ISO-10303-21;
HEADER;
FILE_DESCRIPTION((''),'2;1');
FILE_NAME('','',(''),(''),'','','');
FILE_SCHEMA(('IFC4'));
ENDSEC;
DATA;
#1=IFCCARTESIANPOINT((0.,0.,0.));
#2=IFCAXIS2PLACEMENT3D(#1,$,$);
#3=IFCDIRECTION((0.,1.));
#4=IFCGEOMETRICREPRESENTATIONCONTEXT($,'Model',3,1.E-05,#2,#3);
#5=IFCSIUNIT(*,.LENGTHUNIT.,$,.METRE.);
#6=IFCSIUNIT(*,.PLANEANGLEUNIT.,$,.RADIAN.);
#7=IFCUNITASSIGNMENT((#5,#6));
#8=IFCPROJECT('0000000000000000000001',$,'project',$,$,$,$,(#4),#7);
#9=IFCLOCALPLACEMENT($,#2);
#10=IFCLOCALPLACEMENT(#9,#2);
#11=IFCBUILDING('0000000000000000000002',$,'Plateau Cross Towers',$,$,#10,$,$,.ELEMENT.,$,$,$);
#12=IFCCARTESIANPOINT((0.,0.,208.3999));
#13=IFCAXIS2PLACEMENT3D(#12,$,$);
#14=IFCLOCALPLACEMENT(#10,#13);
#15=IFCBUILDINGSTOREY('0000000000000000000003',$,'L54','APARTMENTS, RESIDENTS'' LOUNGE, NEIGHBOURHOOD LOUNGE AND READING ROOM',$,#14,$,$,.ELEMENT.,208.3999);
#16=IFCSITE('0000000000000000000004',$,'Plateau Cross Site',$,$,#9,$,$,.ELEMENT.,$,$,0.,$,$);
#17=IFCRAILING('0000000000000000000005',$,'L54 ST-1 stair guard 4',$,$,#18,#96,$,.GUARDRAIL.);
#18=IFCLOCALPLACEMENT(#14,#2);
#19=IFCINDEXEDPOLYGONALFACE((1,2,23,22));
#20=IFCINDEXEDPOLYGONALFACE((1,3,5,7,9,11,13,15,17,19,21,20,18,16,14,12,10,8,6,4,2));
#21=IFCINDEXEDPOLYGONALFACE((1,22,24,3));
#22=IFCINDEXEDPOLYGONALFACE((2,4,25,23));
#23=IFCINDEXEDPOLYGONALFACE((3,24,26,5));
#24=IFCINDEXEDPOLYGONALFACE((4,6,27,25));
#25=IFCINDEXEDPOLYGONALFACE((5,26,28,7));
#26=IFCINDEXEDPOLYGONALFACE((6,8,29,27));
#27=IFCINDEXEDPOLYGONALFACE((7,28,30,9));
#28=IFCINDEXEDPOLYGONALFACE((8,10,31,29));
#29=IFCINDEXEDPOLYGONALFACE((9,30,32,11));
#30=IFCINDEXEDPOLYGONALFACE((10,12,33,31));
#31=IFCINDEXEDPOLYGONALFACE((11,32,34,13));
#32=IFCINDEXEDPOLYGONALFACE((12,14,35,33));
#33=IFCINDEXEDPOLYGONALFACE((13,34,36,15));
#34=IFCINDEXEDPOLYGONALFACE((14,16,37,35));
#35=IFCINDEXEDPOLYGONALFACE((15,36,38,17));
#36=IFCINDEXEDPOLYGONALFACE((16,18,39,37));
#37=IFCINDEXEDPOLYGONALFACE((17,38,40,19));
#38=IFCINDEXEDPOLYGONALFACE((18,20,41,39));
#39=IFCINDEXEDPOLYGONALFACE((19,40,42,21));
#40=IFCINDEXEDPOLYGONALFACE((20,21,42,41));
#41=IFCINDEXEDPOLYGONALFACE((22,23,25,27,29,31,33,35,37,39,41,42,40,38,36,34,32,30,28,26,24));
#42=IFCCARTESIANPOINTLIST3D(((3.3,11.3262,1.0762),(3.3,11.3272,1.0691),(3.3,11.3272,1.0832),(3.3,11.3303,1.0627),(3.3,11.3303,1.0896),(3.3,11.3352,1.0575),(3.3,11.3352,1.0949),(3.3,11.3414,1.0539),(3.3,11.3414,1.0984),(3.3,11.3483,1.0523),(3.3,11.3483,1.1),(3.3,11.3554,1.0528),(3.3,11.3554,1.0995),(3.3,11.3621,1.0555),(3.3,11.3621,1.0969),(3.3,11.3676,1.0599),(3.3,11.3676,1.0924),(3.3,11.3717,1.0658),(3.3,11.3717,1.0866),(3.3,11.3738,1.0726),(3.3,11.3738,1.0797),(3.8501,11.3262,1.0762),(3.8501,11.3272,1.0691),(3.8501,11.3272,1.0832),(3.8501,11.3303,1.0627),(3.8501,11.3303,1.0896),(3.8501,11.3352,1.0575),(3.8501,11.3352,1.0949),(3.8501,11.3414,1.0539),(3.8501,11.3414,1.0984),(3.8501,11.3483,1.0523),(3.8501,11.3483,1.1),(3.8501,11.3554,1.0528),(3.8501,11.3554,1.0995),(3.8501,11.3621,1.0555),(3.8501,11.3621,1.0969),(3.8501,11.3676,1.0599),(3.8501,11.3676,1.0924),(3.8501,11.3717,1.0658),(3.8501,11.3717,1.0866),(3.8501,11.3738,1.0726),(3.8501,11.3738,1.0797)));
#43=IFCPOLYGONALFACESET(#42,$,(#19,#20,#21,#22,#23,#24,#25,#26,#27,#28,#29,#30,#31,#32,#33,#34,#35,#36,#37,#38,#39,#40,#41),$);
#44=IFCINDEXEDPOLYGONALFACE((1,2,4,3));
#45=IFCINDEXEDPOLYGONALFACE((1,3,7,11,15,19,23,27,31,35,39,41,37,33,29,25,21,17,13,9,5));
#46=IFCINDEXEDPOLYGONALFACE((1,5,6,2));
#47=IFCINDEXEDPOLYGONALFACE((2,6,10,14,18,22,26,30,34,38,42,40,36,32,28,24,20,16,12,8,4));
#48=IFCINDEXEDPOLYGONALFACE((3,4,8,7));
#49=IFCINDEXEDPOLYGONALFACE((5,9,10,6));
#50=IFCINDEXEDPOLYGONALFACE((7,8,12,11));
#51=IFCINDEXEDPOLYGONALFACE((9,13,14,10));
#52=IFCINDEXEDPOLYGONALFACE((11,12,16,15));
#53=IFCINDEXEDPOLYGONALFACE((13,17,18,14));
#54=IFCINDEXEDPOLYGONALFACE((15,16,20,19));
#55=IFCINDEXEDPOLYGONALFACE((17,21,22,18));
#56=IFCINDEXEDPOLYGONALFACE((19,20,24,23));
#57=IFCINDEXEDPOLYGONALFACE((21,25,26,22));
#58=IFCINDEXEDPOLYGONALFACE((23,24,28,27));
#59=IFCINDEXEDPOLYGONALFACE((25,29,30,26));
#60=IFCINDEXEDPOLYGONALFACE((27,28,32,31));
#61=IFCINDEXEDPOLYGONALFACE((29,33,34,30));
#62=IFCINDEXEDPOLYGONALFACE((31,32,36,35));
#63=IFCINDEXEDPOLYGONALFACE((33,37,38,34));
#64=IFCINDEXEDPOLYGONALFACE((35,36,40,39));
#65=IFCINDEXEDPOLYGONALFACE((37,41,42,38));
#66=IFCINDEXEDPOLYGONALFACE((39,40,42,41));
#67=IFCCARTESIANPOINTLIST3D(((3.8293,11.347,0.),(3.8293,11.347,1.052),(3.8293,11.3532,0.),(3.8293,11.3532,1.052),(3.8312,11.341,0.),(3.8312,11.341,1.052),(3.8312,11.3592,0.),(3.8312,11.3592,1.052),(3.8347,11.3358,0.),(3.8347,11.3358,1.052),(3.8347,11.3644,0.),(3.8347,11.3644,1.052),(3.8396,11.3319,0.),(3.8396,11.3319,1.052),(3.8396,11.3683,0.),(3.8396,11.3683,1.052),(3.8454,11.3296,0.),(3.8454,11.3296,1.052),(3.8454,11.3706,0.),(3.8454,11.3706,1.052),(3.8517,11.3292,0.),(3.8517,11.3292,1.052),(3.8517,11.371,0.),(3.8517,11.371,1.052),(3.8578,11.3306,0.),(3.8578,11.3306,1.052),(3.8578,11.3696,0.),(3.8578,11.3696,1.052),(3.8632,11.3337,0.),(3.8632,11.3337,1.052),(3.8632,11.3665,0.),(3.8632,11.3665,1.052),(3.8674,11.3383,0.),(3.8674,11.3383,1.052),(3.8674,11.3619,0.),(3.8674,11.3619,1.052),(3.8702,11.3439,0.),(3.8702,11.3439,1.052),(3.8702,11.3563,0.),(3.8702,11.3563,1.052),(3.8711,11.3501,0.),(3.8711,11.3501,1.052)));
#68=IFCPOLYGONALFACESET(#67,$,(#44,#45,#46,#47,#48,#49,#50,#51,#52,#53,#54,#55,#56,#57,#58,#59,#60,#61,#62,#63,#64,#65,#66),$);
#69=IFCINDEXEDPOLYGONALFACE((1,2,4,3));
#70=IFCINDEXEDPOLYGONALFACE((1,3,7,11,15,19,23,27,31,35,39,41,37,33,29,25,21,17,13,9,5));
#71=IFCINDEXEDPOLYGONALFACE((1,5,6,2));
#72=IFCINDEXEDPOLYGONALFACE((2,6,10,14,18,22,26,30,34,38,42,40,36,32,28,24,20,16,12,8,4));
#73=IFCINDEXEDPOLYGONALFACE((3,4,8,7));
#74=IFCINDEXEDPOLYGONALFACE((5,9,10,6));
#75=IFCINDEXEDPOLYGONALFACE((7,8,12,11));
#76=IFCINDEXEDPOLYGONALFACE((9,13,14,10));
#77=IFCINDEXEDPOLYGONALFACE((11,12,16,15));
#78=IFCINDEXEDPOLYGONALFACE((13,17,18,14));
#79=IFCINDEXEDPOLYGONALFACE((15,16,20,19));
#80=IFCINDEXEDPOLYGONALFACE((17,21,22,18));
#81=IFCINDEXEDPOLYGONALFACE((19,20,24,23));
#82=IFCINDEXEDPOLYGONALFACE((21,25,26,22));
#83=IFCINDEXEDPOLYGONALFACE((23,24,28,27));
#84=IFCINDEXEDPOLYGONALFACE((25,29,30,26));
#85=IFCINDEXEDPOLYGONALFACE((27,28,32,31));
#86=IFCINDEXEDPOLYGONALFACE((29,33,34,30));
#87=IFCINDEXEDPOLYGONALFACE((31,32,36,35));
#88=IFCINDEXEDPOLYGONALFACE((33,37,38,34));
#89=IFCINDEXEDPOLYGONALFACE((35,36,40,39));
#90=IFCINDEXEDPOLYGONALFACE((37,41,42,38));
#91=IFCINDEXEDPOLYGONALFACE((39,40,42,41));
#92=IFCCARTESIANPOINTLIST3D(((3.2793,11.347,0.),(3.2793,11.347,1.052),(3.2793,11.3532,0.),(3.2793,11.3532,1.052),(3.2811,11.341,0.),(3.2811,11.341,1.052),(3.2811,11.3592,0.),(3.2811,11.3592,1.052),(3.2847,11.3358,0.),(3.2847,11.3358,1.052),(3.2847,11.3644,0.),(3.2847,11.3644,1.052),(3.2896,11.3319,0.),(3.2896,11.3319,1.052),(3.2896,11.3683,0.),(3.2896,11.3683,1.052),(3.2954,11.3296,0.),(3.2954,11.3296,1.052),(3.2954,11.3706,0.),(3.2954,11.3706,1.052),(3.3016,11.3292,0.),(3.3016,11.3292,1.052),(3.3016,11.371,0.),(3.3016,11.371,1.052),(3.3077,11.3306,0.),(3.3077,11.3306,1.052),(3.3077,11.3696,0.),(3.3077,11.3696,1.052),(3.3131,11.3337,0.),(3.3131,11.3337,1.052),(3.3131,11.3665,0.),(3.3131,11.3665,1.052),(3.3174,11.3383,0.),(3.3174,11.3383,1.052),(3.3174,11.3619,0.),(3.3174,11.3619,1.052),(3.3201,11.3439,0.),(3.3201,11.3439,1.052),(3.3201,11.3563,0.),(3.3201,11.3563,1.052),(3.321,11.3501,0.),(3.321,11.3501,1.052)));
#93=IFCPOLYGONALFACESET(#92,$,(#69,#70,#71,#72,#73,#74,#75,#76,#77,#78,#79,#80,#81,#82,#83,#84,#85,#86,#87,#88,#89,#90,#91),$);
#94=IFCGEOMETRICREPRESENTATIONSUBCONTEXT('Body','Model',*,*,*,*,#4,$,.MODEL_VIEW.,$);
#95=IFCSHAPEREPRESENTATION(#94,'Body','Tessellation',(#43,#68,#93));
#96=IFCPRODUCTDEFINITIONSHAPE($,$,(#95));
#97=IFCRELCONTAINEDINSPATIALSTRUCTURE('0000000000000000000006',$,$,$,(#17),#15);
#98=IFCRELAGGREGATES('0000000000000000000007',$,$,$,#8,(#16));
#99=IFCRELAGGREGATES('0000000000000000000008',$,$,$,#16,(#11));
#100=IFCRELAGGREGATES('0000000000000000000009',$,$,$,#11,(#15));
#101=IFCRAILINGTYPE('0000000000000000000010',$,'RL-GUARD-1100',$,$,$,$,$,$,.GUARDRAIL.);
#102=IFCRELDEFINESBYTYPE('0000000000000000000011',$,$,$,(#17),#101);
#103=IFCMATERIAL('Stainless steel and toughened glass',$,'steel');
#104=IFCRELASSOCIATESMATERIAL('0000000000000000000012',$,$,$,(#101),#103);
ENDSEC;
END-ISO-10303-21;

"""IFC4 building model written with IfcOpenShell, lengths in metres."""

from ifc_helpers import new_model, si_unit, direction, frame, origin, origin_2d, place, context, subcontext, project, spatial, circle, extrude, material, type_object, element, save


model = new_model("IFC4")

# Units and contexts
model_context = context("Model", 3, precision=1e-05, world=origin(), true_north=direction((0.0, 1.0)))
body_context = subcontext(model_context, "Body", "Model", "MODEL_VIEW")
ifc_project = project(units=[si_unit("LENGTHUNIT", "METRE"), si_unit("PLANEANGLEUNIT", "RADIAN")], contexts=[model_context])

# Site, building, storey
site_placement = place(None, origin())
site = spatial("IfcSite", under=ifc_project, at=site_placement, Name="Plateau Cross Site", CompositionType="ELEMENT", RefElevation=0.0)
building_placement = place(site_placement, origin())
building = spatial("IfcBuilding", under=site, at=building_placement, Name="Plateau Cross Towers", CompositionType="ELEMENT")
storey_placement = place(building_placement, frame((0.0, 0.0, 208.3999)))
storey = spatial("IfcBuildingStorey", under=building, at=storey_placement, Name="L54", Description="APARTMENTS, RESIDENTS' LOUNGE, NEIGHBOURHOOD LOUNGE AND READING ROOM", CompositionType="ELEMENT", Elevation=208.3999)

# Railing
ifc_material_1 = material(Name="Stainless steel and toughened glass", Category="steel")
railing_type_1 = type_object("IfcRailingType", Name="RL-GUARD-1100", PredefinedType="GUARDRAIL", material=ifc_material_1)
railing_1_placement = place(storey_placement, frame((3.8501, 11.3501, 0.0)))
element("IfcRailing", 1, at=railing_1_placement, inside=storey, type_object=railing_type_1, Name="L54 ST-1 stair guard 4", PredefinedType="GUARDRAIL", context=body_context, shape_type="SweptSolid", body=[
    extrude(circle(Radius=0.0239, at=origin_2d()), frame((0.0, 0.0, 1.0762), z_axis=(-1.0, 0.0, 0.0), x_axis=(0.0, -1.0, 0.0)), (0.0, 0.0, 1.0), 0.55),
    extrude(circle(Radius=0.021, at=origin_2d()), origin(), (0.0, 0.0, 1.0), 1.052),
    extrude(circle(Radius=0.021, at=origin_2d()), frame((-0.55, 0.0, 0.0)), (0.0, 0.0, 1.0), 1.052),
])

save(model, "model.ifc")
